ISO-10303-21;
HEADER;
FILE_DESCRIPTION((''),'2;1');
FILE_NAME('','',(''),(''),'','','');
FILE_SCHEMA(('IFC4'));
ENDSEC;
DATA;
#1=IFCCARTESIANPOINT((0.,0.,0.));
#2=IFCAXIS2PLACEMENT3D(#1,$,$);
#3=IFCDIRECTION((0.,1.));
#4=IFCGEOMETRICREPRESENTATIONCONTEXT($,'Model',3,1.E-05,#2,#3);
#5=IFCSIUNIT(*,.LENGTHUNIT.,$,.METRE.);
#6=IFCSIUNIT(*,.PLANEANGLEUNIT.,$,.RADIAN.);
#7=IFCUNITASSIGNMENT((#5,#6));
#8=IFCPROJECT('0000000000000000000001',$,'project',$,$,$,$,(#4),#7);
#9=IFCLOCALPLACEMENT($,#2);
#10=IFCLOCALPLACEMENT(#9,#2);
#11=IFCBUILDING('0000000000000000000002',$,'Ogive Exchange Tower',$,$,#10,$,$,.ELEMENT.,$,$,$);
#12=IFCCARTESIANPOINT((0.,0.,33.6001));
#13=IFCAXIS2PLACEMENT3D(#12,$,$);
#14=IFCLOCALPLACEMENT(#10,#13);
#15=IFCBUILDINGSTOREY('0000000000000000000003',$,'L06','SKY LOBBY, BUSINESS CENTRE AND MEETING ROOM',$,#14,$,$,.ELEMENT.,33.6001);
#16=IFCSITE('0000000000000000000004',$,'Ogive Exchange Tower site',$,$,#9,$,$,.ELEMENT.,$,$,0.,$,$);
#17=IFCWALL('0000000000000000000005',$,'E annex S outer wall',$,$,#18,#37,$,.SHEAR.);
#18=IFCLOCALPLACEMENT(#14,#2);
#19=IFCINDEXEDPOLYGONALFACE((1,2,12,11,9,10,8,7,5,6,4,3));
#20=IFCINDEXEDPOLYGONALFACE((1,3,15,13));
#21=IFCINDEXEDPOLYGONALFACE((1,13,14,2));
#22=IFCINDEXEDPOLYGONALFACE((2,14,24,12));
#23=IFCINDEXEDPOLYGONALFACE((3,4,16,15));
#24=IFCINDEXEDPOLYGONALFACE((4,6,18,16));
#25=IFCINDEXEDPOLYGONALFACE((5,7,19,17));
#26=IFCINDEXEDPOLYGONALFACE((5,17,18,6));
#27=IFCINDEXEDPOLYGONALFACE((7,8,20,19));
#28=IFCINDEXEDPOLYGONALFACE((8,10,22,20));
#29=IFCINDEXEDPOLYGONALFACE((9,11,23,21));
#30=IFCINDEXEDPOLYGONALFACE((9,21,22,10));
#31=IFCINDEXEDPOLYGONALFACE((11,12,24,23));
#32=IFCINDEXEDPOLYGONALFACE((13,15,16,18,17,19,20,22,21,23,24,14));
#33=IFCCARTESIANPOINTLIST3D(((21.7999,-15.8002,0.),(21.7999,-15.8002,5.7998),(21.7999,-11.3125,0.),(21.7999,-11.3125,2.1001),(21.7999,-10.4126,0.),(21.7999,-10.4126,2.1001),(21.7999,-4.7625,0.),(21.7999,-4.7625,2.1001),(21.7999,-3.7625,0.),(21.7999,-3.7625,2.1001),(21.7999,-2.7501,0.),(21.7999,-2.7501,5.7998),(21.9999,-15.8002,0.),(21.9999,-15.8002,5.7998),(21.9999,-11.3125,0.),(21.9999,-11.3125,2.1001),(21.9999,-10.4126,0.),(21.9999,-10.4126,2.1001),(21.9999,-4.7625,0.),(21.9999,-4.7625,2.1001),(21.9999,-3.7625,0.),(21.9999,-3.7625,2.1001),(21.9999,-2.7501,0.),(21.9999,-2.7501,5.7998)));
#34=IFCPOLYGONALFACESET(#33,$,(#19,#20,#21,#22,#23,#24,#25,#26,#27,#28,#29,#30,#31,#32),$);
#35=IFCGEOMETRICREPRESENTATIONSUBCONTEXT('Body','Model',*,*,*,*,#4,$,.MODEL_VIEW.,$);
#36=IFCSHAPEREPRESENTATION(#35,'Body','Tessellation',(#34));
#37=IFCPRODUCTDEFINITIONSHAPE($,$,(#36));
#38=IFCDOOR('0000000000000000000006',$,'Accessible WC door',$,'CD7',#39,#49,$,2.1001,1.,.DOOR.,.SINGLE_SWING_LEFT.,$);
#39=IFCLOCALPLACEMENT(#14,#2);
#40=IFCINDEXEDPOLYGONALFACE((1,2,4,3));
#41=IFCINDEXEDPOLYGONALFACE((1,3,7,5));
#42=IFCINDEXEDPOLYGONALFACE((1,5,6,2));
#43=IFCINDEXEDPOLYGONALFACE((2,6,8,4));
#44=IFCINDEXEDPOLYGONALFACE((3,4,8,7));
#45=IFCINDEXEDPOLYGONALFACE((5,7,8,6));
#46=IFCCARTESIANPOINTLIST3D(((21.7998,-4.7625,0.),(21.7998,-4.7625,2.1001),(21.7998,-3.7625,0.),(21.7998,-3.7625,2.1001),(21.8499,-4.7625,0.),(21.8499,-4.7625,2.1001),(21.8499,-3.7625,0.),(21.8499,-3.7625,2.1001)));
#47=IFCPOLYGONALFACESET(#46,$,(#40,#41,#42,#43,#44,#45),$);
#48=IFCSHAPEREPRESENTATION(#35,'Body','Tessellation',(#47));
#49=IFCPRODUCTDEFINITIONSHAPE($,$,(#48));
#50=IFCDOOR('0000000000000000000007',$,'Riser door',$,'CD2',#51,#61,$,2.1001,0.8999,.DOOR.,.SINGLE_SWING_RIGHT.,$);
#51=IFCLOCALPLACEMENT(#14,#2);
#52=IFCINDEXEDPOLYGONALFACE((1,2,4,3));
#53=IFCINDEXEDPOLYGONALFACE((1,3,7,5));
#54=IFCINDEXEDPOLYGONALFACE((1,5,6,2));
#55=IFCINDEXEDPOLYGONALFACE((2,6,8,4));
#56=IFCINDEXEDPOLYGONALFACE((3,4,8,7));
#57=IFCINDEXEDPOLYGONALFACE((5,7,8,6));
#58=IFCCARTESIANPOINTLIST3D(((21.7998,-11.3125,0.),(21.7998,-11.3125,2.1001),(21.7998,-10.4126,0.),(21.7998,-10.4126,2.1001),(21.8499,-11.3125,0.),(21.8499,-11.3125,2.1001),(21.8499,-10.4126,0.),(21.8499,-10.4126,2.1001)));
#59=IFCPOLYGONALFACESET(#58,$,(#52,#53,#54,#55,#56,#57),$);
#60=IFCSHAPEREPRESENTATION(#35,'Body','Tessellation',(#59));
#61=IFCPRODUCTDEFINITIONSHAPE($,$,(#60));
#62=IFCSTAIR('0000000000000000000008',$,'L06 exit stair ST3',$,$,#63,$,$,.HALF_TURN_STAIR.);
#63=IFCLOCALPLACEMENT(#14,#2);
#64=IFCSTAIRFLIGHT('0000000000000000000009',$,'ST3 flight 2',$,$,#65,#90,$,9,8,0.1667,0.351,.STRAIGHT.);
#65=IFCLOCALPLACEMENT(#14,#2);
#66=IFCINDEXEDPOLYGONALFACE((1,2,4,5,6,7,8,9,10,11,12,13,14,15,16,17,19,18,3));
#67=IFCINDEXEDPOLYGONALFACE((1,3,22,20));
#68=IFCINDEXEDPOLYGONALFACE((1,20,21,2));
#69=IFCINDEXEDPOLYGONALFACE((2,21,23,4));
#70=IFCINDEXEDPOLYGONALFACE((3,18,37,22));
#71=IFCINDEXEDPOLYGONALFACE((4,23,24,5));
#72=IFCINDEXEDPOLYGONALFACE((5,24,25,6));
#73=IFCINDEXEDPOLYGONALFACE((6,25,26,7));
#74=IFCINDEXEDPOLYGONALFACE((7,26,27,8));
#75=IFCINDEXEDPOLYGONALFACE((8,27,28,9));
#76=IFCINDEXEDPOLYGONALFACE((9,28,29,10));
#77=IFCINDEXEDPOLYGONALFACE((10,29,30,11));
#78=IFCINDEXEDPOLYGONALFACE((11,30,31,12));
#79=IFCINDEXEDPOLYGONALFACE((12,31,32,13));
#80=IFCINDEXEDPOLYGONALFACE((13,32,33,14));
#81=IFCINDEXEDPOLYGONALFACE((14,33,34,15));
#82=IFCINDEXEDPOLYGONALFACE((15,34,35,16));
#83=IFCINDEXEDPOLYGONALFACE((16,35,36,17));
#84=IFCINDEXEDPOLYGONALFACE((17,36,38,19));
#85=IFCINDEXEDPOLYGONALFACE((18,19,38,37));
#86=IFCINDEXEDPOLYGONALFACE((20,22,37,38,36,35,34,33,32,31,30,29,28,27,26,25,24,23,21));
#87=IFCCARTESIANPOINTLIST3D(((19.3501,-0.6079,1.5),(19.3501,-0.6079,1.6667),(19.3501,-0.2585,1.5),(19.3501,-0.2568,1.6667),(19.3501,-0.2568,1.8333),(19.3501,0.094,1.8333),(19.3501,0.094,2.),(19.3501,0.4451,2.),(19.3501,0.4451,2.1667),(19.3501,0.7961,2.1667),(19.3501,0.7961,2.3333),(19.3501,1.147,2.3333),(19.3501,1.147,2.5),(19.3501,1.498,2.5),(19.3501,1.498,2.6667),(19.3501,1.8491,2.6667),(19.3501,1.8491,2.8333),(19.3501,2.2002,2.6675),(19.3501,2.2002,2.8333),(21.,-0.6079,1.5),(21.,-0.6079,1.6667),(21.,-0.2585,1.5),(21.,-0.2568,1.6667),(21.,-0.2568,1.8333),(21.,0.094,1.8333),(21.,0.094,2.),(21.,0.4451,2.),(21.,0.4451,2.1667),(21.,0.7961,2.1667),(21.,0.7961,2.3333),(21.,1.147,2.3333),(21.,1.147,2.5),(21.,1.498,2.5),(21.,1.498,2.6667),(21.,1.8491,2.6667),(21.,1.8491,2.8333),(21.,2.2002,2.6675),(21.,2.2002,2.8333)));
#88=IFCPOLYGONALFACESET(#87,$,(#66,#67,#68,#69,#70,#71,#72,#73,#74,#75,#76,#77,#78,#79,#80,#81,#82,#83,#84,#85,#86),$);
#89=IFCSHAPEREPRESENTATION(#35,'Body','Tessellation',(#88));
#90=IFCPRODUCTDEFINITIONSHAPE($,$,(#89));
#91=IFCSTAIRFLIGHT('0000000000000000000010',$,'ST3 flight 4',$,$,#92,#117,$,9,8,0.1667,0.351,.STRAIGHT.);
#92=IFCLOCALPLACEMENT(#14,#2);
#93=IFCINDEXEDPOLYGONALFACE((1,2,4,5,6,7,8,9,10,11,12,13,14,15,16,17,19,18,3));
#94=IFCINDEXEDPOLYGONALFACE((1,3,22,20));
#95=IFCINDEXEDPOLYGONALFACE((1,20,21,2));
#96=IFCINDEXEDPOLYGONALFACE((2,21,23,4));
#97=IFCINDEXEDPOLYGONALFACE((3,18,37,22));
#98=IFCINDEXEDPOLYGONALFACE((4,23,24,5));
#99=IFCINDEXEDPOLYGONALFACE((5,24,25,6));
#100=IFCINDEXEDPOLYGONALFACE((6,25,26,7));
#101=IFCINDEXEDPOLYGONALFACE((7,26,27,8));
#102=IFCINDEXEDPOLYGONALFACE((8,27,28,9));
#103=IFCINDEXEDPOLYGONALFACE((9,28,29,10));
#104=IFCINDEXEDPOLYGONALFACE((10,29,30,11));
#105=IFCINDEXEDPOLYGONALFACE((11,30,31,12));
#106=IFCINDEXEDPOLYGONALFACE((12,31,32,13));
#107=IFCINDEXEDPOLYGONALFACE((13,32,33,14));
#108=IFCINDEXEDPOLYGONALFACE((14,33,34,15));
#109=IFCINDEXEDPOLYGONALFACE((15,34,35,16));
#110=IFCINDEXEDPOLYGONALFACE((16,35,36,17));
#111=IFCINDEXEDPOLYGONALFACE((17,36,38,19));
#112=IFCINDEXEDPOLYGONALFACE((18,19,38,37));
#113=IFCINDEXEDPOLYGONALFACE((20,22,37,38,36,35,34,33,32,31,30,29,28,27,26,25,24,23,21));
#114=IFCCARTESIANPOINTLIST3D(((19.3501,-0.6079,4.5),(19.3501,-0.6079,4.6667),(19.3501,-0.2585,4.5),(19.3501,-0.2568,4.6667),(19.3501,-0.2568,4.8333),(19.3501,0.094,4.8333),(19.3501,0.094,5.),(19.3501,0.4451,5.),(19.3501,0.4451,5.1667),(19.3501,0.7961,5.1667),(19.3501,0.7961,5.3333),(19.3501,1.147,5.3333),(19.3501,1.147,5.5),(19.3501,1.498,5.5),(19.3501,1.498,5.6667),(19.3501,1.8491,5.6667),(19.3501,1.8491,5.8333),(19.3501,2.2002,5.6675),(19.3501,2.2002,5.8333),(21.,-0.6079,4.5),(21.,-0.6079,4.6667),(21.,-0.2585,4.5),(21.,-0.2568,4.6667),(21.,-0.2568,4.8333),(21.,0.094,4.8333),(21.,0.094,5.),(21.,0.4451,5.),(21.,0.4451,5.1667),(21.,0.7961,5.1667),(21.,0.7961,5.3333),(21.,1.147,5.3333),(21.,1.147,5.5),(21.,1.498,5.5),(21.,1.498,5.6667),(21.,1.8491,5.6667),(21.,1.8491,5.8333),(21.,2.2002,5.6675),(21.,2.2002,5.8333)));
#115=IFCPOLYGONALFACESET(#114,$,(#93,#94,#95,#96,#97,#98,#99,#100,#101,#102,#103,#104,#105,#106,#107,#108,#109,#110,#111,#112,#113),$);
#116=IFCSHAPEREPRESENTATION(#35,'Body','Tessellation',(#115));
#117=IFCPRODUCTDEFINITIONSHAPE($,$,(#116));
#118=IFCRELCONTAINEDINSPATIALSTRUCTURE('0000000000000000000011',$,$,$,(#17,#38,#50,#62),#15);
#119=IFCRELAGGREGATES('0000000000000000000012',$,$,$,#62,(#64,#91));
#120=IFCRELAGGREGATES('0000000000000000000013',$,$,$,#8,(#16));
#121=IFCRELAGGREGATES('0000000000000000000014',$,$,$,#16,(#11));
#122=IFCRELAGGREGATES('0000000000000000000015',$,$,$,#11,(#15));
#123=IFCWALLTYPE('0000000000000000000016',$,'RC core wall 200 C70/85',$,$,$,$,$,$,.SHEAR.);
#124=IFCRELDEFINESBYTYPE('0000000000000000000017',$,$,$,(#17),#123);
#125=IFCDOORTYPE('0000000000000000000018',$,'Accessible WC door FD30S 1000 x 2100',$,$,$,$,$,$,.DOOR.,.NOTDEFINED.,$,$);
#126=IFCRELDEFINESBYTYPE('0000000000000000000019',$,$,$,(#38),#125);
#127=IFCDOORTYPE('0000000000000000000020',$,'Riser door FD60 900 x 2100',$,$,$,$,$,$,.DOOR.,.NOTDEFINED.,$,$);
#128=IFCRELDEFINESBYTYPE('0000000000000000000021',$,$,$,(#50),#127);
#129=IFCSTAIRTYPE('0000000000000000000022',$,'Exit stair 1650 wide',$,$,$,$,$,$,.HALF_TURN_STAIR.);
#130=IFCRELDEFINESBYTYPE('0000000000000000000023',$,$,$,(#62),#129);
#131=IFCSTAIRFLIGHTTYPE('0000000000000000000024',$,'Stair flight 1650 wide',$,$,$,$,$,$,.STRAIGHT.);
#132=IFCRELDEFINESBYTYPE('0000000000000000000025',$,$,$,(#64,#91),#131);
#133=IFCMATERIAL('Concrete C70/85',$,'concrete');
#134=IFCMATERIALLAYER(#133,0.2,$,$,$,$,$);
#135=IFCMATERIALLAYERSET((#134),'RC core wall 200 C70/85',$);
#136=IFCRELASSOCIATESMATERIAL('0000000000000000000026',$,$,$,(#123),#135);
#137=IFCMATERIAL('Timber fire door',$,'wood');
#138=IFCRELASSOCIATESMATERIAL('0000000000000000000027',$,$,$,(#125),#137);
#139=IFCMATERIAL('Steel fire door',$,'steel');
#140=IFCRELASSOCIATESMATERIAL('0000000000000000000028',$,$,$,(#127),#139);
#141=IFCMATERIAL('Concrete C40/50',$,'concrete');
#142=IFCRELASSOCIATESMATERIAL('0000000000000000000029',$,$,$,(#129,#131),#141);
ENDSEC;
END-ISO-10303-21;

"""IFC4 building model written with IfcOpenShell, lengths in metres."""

from ifc_helpers import new_model, si_unit, direction, frame, frame_2d, origin, place, context, subcontext, project, spatial, polyline, rectangle, outline, extrude, material, layer, layer_set, type_object, element, fill, aggregate, save


model = new_model("IFC4")

# Units and contexts
model_context = context("Model", 3, precision=1e-05, world=origin(), true_north=direction((0.0, 1.0)))
body_context = subcontext(model_context, "Body", "Model", "MODEL_VIEW")
ifc_project = project(units=[si_unit("LENGTHUNIT", "METRE"), si_unit("PLANEANGLEUNIT", "RADIAN")], contexts=[model_context])

# Site, building, storey
site_placement = place(None, origin())
site = spatial("IfcSite", under=ifc_project, at=site_placement, Name="Ogive Exchange Tower site", CompositionType="ELEMENT", RefElevation=0.0)
building_placement = place(site_placement, origin())
building = spatial("IfcBuilding", under=site, at=building_placement, Name="Ogive Exchange Tower", CompositionType="ELEMENT")
storey_placement = place(building_placement, frame((0.0, 0.0, 33.6001)))
storey = spatial("IfcBuildingStorey", under=building, at=storey_placement, Name="L06", Description="SKY LOBBY, BUSINESS CENTRE AND MEETING ROOM", CompositionType="ELEMENT", Elevation=33.6001)

# Wall, openings, doors
ifc_material_1 = material(Name="Concrete C70/85", Category="concrete")
ifc_material_2 = material(Name="Steel fire door", Category="steel")
ifc_layer_1 = layer(ifc_material_1, 0.2)
ifc_layer_set_1 = layer_set([ifc_layer_1], Name="RC core wall 200 C70/85")
wall_type_1 = type_object("IfcWallType", Name="RC core wall 200 C70/85", PredefinedType="SHEAR", material=ifc_layer_set_1)
wall_1_placement = place(storey_placement, frame((21.8999, -15.8, 0.0), z_axis=(0.0, 0.0, 1.0), x_axis=(0.0, 1.0, 0.0)))
wall_1 = element("IfcWall", 1, at=wall_1_placement, inside=storey, type_object=wall_type_1, Name="E annex S outer wall", PredefinedType="SHEAR", context=body_context, shape_type="SweptSolid", body=[
    extrude(rectangle(XDim=13.05, YDim=0.2, at=frame_2d((6.5249, 0.0))), origin(), (0.0, 0.0, 1.0), 5.7998),
])
opening_1_placement = place(wall_1_placement, frame((4.4875, 0.0, 0.0)))
opening_1 = element("IfcOpeningElement", 2, at=opening_1_placement, cuts=wall_1, PredefinedType="OPENING", context=body_context, shape_type="SweptSolid", body=[
    extrude(rectangle(XDim=0.8999, YDim=2.1001, at=frame_2d((0.45, 1.05))), frame((0.0, 0.1099, 0.0), z_axis=(0.0, -1.0, 0.0), x_axis=(1.0, 0.0, 0.0)), (0.0, 0.0, 1.0), 0.22),
])
opening_2_placement = place(wall_1_placement, frame((11.0376, 0.0, 0.0)))
opening_2 = element("IfcOpeningElement", 3, at=opening_2_placement, cuts=wall_1, PredefinedType="OPENING", context=body_context, shape_type="SweptSolid", body=[
    extrude(rectangle(XDim=1.0, YDim=2.1001, at=frame_2d((0.5, 1.05))), frame((0.0, 0.1099, 0.0), z_axis=(0.0, -1.0, 0.0), x_axis=(1.0, 0.0, 0.0)), (0.0, 0.0, 1.0), 0.22),
])
ifc_material_3 = material(Name="Timber fire door", Category="wood")
door_type_1 = type_object("IfcDoorType", Name="Accessible WC door FD30S 1000 x 2100", OperationType="NOTDEFINED", PredefinedType="DOOR", material=ifc_material_3)
door_1_placement = place(opening_2_placement, origin())
door_1 = element("IfcDoor", 4, at=door_1_placement, inside=storey, type_object=door_type_1, Name="Accessible WC door", ObjectType="CD7", OperationType="SINGLE_SWING_LEFT", OverallHeight=2.1001, OverallWidth=1.0, PredefinedType="DOOR", context=body_context, shape_type="SweptSolid", body=[
    extrude(rectangle(XDim=1.0, YDim=2.1001, at=frame_2d((0.5, 1.05))), frame((0.0, 0.1001, 0.0), z_axis=(0.0, -1.0, 0.0), x_axis=(1.0, 0.0, 0.0)), (0.0, 0.0, 1.0), 0.05),
])
fill(opening_2, door_1)
door_type_2 = type_object("IfcDoorType", Name="Riser door FD60 900 x 2100", OperationType="NOTDEFINED", PredefinedType="DOOR", material=ifc_material_2)
door_2_placement = place(opening_1_placement, origin())
door_2 = element("IfcDoor", 5, at=door_2_placement, inside=storey, type_object=door_type_2, Name="Riser door", ObjectType="CD2", OperationType="SINGLE_SWING_RIGHT", OverallHeight=2.1001, OverallWidth=0.8999, PredefinedType="DOOR", context=body_context, shape_type="SweptSolid", body=[
    extrude(rectangle(XDim=0.8999, YDim=2.1001, at=frame_2d((0.45, 1.05))), frame((0.0, 0.1001, 0.0), z_axis=(0.0, -1.0, 0.0), x_axis=(1.0, 0.0, 0.0)), (0.0, 0.0, 1.0), 0.05),
])
fill(opening_1, door_2)

# Stair, stair flights
ifc_material_4 = material(Name="Concrete C40/50", Category="concrete")
stair_type = type_object("IfcStairType", Name="Exit stair 1650 wide", PredefinedType="HALF_TURN_STAIR", material=ifc_material_4)
stair_placement = place(storey_placement, origin())
stair = element("IfcStair", 6, at=stair_placement, inside=storey, type_object=stair_type, Name="L06 exit stair ST3", PredefinedType="HALF_TURN_STAIR")
stair_flight_type = type_object("IfcStairFlightType", Name="Stair flight 1650 wide", PredefinedType="STRAIGHT", material=ifc_material_4)
stair_flight_1_placement = place(storey_placement, frame((20.175, -0.6079, 1.5), z_axis=(0.0, 0.0, 1.0), x_axis=(0.0, 1.0, 0.0)))
stair_flight_1 = element("IfcStairFlight", 7, at=stair_flight_1_placement, type_object=stair_flight_type, Name="ST3 flight 2", NumberOfRisers=9, NumberOfTreads=8, PredefinedType="STRAIGHT", RiserHeight=0.1667, TreadLength=0.351, context=body_context, shape_type="SweptSolid", body=[
    extrude(outline(polyline([(0.0, 0.0), (0.0, 0.1667), (0.3511, 0.1667), (0.3511, 0.3333), (0.7019, 0.3333), (0.7019, 0.5), (1.053, 0.5), (1.053, 0.6667), (1.4041, 0.6667), (1.4041, 0.8333), (1.7549, 0.8333), (1.7549, 1.0), (2.106, 1.0), (2.106, 1.1667), (2.457, 1.1667), (2.457, 1.3333), (2.8081, 1.3333), (2.8081, 1.5), (2.8081, 1.1675), (0.3494, 0.0), (0.0, 0.0)])), frame((0.0, 0.825, 0.0), z_axis=(0.0, -1.0, 0.0), x_axis=(1.0, 0.0, 0.0)), (0.0, 0.0, 1.0), 1.6499),
])
stair_flight_2_placement = place(storey_placement, frame((20.175, -0.6079, 4.5), z_axis=(0.0, 0.0, 1.0), x_axis=(0.0, 1.0, 0.0)))
stair_flight_2 = element("IfcStairFlight", 8, at=stair_flight_2_placement, type_object=stair_flight_type, Name="ST3 flight 4", NumberOfRisers=9, NumberOfTreads=8, PredefinedType="STRAIGHT", RiserHeight=0.1667, TreadLength=0.351, context=body_context, shape_type="SweptSolid", body=[
    extrude(outline(polyline([(0.0, 0.0), (0.0, 0.1667), (0.3511, 0.1667), (0.3511, 0.3333), (0.7019, 0.3333), (0.7019, 0.5), (1.053, 0.5), (1.053, 0.6667), (1.4041, 0.6667), (1.4041, 0.8333), (1.7549, 0.8333), (1.7549, 1.0), (2.106, 1.0), (2.106, 1.1667), (2.457, 1.1667), (2.457, 1.3333), (2.8081, 1.3333), (2.8081, 1.5), (2.8081, 1.1675), (0.3494, 0.0), (0.0, 0.0)])), frame((0.0, 0.825, 0.0), z_axis=(0.0, -1.0, 0.0), x_axis=(1.0, 0.0, 0.0)), (0.0, 0.0, 1.0), 1.6499),
])
aggregate(stair, [stair_flight_1, stair_flight_2])

save(model, "model.ifc")
